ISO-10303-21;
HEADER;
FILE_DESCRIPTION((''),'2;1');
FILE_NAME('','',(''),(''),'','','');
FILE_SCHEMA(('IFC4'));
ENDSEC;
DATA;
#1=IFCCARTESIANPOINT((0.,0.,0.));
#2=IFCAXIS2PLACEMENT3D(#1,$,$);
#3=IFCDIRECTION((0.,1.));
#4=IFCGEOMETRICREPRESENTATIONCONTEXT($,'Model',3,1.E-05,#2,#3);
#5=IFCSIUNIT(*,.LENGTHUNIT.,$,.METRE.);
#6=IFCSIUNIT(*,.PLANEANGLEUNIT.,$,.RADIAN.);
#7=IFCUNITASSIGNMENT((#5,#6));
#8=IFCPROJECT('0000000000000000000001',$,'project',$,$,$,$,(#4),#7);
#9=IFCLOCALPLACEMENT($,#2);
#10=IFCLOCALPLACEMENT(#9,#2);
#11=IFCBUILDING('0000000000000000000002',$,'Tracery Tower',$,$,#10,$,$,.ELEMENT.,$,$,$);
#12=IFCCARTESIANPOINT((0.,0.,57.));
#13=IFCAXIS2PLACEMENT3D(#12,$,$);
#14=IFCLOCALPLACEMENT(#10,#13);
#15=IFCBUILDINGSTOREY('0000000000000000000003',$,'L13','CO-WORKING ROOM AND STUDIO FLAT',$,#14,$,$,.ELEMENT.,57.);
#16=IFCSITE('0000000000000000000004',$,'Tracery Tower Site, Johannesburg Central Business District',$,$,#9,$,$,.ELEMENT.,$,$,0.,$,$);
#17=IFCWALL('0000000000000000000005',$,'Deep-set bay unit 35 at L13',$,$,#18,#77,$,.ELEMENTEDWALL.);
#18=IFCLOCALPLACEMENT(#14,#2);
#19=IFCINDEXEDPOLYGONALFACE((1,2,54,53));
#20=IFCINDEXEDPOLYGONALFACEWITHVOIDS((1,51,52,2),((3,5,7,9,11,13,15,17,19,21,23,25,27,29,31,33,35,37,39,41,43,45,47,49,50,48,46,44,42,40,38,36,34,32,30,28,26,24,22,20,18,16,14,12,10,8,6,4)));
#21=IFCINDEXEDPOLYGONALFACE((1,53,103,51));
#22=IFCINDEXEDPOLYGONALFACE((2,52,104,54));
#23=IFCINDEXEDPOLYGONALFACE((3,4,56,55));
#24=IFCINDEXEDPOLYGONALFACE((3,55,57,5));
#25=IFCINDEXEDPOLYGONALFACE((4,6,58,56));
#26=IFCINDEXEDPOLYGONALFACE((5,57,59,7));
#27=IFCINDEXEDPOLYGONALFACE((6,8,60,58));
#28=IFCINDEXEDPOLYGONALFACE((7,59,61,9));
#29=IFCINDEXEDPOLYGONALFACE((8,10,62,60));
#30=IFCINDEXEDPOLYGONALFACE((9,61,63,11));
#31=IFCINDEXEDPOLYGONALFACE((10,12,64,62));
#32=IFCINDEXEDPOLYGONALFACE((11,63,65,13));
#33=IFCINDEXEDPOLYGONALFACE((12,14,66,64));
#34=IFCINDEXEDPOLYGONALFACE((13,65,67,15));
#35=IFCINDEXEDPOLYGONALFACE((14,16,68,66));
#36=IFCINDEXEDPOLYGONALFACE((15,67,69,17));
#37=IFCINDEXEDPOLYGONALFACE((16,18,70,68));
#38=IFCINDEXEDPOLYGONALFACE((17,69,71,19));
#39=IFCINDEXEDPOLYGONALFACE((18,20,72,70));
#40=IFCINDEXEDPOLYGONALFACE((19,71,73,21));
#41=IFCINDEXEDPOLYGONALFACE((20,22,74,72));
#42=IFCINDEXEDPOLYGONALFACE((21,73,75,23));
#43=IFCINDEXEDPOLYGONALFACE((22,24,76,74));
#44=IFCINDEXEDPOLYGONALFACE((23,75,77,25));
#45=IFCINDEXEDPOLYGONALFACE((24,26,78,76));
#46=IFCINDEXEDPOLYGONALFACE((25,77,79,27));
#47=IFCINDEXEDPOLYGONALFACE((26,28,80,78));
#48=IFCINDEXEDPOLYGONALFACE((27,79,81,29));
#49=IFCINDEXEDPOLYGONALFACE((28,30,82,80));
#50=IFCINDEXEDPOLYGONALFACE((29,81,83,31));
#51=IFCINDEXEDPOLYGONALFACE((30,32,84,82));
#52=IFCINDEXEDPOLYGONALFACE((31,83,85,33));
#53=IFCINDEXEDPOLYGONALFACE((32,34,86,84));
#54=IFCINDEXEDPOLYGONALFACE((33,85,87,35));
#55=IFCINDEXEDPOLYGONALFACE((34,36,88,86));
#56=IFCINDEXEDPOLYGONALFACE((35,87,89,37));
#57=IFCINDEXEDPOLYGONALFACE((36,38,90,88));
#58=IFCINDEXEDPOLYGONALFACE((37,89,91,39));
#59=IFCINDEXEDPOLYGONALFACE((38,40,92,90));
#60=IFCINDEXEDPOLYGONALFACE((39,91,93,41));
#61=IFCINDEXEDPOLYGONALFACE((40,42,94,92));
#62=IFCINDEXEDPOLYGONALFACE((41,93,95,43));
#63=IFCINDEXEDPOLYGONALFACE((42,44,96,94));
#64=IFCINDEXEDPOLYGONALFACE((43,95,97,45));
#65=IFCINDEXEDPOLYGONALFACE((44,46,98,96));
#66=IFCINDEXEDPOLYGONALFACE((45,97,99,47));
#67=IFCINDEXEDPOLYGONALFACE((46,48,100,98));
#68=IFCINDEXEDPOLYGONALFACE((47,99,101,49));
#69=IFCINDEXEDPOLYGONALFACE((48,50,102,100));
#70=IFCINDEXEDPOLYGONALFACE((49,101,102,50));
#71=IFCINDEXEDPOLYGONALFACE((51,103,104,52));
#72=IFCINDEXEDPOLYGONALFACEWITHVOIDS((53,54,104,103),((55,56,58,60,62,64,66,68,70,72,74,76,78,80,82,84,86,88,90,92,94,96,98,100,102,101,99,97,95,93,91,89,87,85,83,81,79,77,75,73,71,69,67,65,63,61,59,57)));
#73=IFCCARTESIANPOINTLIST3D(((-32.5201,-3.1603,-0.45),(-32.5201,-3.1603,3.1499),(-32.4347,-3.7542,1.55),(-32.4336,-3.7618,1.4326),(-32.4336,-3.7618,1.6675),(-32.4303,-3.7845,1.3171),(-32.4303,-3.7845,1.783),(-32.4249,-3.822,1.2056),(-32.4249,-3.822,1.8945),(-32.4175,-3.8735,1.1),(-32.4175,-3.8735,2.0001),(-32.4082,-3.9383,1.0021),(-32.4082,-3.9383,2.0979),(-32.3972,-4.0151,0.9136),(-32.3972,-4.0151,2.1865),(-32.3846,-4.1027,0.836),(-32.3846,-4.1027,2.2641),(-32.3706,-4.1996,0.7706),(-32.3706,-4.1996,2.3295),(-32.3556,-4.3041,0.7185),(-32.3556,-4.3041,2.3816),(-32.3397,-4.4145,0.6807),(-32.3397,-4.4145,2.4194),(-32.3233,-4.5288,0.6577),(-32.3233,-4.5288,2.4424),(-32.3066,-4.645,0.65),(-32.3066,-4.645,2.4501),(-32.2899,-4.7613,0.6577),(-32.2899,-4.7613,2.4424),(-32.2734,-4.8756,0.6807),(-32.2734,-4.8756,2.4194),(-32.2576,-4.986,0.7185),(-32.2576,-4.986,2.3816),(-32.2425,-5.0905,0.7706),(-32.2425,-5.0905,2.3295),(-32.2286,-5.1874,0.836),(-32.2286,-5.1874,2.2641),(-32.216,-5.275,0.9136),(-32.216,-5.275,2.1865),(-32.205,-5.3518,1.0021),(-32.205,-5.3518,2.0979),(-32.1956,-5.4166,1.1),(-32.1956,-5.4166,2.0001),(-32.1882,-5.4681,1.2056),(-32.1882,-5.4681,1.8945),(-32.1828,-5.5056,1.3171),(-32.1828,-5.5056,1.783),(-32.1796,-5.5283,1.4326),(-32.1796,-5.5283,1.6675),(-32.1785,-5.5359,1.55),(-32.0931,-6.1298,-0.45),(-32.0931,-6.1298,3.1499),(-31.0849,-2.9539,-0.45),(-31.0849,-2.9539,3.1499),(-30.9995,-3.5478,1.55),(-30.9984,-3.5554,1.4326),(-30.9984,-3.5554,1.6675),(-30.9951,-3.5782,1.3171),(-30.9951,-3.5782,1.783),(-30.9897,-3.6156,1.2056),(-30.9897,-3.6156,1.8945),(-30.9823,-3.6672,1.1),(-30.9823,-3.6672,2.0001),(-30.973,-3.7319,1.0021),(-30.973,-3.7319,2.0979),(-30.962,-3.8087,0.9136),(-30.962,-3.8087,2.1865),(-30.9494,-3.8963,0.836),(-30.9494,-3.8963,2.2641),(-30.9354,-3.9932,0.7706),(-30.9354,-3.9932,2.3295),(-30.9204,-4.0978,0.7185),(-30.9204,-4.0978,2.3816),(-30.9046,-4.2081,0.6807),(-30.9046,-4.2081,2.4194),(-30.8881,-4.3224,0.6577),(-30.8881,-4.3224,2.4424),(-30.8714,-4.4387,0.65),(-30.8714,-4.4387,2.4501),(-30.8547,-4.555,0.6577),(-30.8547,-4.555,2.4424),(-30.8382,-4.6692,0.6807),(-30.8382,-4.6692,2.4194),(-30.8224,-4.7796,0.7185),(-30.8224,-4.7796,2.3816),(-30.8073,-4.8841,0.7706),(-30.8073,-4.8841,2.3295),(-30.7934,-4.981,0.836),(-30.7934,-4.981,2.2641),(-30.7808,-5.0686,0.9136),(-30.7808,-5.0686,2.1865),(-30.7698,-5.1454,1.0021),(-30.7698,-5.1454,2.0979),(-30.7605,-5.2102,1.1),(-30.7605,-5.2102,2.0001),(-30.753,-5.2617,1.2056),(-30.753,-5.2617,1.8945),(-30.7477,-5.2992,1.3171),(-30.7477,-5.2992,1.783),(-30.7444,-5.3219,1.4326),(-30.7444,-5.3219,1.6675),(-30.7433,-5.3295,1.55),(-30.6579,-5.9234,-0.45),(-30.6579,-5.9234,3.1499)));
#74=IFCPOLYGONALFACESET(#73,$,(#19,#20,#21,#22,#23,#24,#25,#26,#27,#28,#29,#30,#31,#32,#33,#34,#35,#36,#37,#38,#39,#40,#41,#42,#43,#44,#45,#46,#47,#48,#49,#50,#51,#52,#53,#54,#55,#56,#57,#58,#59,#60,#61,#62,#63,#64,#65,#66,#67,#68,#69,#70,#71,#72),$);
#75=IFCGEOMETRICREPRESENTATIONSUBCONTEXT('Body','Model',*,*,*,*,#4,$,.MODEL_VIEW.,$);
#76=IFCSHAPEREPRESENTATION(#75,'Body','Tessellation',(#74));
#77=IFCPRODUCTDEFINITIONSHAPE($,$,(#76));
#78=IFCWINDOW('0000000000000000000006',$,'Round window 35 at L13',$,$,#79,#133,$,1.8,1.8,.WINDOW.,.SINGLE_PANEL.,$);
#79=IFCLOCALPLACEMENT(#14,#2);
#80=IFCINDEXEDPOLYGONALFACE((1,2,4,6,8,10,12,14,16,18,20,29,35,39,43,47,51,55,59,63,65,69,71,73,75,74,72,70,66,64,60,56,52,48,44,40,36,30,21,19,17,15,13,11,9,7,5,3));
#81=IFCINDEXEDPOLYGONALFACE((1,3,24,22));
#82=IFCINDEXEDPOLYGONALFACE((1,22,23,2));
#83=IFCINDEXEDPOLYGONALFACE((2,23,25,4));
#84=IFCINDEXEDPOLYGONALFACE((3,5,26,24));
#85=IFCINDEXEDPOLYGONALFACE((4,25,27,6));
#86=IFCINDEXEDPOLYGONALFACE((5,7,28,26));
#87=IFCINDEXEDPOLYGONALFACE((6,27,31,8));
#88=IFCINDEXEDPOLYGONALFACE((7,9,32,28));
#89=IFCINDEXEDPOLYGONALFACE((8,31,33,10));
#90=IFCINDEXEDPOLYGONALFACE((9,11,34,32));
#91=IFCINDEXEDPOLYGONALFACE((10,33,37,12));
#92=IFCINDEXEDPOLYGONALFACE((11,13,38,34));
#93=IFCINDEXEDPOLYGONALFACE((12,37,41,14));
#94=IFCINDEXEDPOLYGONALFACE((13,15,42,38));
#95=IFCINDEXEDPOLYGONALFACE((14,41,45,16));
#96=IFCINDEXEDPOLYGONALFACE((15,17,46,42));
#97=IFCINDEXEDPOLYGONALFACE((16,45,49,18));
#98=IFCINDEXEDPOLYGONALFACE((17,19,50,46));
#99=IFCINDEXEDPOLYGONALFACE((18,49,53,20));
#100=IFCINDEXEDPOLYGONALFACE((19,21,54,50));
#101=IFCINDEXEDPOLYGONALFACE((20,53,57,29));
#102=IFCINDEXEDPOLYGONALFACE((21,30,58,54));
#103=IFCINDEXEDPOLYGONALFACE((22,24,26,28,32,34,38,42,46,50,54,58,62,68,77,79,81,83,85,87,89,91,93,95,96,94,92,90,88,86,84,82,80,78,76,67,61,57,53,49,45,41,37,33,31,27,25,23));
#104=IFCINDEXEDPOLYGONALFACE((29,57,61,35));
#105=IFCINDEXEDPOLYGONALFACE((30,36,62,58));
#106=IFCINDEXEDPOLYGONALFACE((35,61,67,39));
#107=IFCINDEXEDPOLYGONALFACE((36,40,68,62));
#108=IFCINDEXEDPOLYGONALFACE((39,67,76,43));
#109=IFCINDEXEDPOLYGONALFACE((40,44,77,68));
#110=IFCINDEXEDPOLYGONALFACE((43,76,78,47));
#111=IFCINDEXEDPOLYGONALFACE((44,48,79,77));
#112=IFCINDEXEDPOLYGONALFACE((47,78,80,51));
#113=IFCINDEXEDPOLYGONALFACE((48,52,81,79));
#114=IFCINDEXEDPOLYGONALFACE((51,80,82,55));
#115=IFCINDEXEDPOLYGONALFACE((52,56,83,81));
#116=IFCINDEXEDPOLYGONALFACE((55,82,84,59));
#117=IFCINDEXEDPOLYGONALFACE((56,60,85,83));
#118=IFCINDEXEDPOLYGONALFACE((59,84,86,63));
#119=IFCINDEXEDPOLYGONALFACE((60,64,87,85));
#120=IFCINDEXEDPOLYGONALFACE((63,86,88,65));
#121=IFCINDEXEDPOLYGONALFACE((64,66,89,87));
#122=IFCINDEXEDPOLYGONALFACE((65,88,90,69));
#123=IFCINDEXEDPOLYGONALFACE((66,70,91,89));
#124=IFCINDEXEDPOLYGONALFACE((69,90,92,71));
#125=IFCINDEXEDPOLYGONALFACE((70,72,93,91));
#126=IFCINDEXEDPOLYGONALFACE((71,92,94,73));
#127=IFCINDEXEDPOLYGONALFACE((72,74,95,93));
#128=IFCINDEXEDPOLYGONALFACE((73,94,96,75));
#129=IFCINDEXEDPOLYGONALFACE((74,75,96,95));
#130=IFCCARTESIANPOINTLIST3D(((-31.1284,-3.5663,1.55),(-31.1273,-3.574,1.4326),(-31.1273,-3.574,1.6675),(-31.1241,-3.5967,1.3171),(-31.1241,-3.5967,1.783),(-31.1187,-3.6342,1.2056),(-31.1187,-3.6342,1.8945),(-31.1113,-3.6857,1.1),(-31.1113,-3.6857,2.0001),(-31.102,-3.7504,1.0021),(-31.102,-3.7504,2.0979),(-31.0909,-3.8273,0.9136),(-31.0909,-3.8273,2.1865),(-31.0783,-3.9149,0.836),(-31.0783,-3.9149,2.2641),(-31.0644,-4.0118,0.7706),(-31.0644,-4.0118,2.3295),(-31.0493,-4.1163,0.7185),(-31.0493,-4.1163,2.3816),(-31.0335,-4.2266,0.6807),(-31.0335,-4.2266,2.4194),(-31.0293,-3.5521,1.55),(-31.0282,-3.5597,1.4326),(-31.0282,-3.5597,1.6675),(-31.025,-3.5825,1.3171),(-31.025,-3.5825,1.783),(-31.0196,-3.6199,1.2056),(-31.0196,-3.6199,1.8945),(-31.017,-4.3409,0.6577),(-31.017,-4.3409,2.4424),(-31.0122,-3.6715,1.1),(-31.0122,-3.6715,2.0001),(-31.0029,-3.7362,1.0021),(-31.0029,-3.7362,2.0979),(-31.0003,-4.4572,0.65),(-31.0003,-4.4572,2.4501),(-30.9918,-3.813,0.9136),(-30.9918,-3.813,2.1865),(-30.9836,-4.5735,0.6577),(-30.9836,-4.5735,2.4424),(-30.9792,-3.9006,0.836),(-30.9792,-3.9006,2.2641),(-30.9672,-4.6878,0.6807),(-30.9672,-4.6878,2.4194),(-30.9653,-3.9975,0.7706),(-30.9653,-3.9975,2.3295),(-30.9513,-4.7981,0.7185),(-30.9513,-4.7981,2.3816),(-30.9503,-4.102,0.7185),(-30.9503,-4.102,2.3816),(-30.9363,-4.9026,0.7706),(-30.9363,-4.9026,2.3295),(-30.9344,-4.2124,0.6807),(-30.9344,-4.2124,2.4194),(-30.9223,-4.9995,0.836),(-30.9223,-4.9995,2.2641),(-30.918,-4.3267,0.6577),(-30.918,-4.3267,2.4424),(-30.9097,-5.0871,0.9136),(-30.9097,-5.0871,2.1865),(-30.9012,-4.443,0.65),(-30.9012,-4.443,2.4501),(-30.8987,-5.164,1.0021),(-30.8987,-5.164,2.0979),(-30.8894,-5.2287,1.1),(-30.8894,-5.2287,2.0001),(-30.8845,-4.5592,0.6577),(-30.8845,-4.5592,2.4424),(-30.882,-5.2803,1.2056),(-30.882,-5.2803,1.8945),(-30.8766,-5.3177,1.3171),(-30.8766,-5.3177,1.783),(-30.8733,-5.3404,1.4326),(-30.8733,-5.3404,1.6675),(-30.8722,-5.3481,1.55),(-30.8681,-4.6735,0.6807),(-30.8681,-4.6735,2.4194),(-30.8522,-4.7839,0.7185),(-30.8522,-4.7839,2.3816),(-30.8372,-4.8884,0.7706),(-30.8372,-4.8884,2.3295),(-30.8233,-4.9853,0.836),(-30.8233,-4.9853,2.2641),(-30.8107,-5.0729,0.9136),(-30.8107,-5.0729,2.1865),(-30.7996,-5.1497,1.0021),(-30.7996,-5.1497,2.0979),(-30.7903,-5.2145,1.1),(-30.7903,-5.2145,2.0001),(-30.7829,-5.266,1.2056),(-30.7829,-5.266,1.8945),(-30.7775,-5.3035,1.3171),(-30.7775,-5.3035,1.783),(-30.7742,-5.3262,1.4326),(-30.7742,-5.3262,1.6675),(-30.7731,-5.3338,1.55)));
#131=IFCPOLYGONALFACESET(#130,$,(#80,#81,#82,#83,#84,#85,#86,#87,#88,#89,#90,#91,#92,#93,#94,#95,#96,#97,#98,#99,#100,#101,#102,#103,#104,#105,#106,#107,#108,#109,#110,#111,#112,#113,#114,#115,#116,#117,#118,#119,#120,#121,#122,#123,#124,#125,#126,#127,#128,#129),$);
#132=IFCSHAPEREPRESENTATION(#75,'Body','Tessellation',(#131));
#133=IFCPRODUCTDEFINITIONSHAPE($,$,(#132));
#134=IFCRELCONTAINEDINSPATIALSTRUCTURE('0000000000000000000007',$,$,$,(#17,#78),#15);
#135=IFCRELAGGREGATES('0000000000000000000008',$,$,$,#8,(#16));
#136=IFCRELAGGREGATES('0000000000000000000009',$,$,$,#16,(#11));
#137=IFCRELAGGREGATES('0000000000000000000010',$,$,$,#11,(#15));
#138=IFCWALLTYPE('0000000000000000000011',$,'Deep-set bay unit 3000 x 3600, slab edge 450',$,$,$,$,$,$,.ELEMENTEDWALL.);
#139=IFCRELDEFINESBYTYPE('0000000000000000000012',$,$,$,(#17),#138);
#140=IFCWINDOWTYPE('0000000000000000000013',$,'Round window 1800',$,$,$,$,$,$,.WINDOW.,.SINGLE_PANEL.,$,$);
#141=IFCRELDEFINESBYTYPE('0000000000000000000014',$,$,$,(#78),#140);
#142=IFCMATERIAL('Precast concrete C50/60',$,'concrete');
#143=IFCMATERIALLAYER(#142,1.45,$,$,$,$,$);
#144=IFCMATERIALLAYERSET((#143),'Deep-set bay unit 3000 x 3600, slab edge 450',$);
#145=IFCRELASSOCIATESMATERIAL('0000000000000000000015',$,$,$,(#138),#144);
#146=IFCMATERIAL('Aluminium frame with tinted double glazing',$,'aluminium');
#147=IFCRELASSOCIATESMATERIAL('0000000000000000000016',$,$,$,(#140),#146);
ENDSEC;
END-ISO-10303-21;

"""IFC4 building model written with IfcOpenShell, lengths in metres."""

from ifc_helpers import new_model, si_unit, direction, frame, frame_2d, origin, origin_2d, place, context, subcontext, project, spatial, rectangle, circle, extrude, material, layer, layer_set, type_object, element, fill, save


model = new_model("IFC4")

# Units and contexts
model_context = context("Model", 3, precision=1e-05, world=origin(), true_north=direction((0.0, 1.0)))
body_context = subcontext(model_context, "Body", "Model", "MODEL_VIEW")
ifc_project = project(units=[si_unit("LENGTHUNIT", "METRE"), si_unit("PLANEANGLEUNIT", "RADIAN")], contexts=[model_context])

# Site, building, storey
site_placement = place(None, origin())
site = spatial("IfcSite", under=ifc_project, at=site_placement, Name="Tracery Tower Site, Johannesburg Central Business District", CompositionType="ELEMENT", RefElevation=0.0)
building_placement = place(site_placement, origin())
building = spatial("IfcBuilding", under=site, at=building_placement, Name="Tracery Tower", CompositionType="ELEMENT")
storey_placement = place(building_placement, frame((0.0, 0.0, 57.0)))
storey = spatial("IfcBuildingStorey", under=building, at=storey_placement, Name="L13", Description="CO-WORKING ROOM AND STUDIO FLAT", CompositionType="ELEMENT", Elevation=57.0)

# Wall, opening, window
ifc_material_1 = material(Name="Precast concrete C50/60", Category="concrete")
ifc_layer_1 = layer(ifc_material_1, 1.45)
ifc_layer_set_1 = layer_set([ifc_layer_1], Name="Deep-set bay unit 3000 x 3600, slab edge 450")
wall_type_1 = type_object("IfcWallType", Name="Deep-set bay unit 3000 x 3600, slab edge 450", PredefinedType="ELEMENTEDWALL", material=ifc_layer_set_1)
wall_1_placement = place(storey_placement, frame((-31.8025, -3.0571, -0.45), z_axis=(0.0, 0.0, 1.0), x_axis=(0.142333, -0.989819, 0.0)))
wall_1 = element("IfcWall", 1, at=wall_1_placement, inside=storey, type_object=wall_type_1, Name="Deep-set bay unit 35 at L13", PredefinedType="ELEMENTEDWALL", context=body_context, shape_type="SweptSolid", body=[
    extrude(rectangle(XDim=3.0, YDim=1.45, at=frame_2d((1.5, 0.0))), origin(), (0.0, 0.0, 1.0), 3.5999),
])
opening_1_placement = place(wall_1_placement, frame((1.5, 0.0, 2.0)))
opening_1 = element("IfcOpeningElement", 2, at=opening_1_placement, cuts=wall_1, PredefinedType="OPENING", context=body_context, shape_type="SweptSolid", body=[
    extrude(circle(Radius=0.9, at=origin_2d()), frame((0.0, 0.7349, 0.0), z_axis=(0.0, -1.0, 0.0), x_axis=(1.0, 0.0, 0.0)), (0.0, 0.0, 1.0), 1.47),
])
ifc_material_2 = material(Name="Aluminium frame with tinted double glazing", Category="aluminium")
window_type = type_object("IfcWindowType", Name="Round window 1800", PartitioningType="SINGLE_PANEL", PredefinedType="WINDOW", material=ifc_material_2)
window_1_placement = place(opening_1_placement, origin())
window_1 = element("IfcWindow", 3, at=window_1_placement, inside=storey, type_object=window_type, Name="Round window 35 at L13", OverallHeight=1.8, OverallWidth=1.8, PartitioningType="SINGLE_PANEL", PredefinedType="WINDOW", context=body_context, shape_type="SweptSolid", body=[
    extrude(circle(Radius=0.9, at=origin_2d()), frame((0.0, 0.6948, 0.0), z_axis=(0.0, -1.0, 0.0), x_axis=(1.0, 0.0, 0.0)), (0.0, 0.0, 1.0), 0.1001),
])
fill(opening_1, window_1)

save(model, "model.ifc")
